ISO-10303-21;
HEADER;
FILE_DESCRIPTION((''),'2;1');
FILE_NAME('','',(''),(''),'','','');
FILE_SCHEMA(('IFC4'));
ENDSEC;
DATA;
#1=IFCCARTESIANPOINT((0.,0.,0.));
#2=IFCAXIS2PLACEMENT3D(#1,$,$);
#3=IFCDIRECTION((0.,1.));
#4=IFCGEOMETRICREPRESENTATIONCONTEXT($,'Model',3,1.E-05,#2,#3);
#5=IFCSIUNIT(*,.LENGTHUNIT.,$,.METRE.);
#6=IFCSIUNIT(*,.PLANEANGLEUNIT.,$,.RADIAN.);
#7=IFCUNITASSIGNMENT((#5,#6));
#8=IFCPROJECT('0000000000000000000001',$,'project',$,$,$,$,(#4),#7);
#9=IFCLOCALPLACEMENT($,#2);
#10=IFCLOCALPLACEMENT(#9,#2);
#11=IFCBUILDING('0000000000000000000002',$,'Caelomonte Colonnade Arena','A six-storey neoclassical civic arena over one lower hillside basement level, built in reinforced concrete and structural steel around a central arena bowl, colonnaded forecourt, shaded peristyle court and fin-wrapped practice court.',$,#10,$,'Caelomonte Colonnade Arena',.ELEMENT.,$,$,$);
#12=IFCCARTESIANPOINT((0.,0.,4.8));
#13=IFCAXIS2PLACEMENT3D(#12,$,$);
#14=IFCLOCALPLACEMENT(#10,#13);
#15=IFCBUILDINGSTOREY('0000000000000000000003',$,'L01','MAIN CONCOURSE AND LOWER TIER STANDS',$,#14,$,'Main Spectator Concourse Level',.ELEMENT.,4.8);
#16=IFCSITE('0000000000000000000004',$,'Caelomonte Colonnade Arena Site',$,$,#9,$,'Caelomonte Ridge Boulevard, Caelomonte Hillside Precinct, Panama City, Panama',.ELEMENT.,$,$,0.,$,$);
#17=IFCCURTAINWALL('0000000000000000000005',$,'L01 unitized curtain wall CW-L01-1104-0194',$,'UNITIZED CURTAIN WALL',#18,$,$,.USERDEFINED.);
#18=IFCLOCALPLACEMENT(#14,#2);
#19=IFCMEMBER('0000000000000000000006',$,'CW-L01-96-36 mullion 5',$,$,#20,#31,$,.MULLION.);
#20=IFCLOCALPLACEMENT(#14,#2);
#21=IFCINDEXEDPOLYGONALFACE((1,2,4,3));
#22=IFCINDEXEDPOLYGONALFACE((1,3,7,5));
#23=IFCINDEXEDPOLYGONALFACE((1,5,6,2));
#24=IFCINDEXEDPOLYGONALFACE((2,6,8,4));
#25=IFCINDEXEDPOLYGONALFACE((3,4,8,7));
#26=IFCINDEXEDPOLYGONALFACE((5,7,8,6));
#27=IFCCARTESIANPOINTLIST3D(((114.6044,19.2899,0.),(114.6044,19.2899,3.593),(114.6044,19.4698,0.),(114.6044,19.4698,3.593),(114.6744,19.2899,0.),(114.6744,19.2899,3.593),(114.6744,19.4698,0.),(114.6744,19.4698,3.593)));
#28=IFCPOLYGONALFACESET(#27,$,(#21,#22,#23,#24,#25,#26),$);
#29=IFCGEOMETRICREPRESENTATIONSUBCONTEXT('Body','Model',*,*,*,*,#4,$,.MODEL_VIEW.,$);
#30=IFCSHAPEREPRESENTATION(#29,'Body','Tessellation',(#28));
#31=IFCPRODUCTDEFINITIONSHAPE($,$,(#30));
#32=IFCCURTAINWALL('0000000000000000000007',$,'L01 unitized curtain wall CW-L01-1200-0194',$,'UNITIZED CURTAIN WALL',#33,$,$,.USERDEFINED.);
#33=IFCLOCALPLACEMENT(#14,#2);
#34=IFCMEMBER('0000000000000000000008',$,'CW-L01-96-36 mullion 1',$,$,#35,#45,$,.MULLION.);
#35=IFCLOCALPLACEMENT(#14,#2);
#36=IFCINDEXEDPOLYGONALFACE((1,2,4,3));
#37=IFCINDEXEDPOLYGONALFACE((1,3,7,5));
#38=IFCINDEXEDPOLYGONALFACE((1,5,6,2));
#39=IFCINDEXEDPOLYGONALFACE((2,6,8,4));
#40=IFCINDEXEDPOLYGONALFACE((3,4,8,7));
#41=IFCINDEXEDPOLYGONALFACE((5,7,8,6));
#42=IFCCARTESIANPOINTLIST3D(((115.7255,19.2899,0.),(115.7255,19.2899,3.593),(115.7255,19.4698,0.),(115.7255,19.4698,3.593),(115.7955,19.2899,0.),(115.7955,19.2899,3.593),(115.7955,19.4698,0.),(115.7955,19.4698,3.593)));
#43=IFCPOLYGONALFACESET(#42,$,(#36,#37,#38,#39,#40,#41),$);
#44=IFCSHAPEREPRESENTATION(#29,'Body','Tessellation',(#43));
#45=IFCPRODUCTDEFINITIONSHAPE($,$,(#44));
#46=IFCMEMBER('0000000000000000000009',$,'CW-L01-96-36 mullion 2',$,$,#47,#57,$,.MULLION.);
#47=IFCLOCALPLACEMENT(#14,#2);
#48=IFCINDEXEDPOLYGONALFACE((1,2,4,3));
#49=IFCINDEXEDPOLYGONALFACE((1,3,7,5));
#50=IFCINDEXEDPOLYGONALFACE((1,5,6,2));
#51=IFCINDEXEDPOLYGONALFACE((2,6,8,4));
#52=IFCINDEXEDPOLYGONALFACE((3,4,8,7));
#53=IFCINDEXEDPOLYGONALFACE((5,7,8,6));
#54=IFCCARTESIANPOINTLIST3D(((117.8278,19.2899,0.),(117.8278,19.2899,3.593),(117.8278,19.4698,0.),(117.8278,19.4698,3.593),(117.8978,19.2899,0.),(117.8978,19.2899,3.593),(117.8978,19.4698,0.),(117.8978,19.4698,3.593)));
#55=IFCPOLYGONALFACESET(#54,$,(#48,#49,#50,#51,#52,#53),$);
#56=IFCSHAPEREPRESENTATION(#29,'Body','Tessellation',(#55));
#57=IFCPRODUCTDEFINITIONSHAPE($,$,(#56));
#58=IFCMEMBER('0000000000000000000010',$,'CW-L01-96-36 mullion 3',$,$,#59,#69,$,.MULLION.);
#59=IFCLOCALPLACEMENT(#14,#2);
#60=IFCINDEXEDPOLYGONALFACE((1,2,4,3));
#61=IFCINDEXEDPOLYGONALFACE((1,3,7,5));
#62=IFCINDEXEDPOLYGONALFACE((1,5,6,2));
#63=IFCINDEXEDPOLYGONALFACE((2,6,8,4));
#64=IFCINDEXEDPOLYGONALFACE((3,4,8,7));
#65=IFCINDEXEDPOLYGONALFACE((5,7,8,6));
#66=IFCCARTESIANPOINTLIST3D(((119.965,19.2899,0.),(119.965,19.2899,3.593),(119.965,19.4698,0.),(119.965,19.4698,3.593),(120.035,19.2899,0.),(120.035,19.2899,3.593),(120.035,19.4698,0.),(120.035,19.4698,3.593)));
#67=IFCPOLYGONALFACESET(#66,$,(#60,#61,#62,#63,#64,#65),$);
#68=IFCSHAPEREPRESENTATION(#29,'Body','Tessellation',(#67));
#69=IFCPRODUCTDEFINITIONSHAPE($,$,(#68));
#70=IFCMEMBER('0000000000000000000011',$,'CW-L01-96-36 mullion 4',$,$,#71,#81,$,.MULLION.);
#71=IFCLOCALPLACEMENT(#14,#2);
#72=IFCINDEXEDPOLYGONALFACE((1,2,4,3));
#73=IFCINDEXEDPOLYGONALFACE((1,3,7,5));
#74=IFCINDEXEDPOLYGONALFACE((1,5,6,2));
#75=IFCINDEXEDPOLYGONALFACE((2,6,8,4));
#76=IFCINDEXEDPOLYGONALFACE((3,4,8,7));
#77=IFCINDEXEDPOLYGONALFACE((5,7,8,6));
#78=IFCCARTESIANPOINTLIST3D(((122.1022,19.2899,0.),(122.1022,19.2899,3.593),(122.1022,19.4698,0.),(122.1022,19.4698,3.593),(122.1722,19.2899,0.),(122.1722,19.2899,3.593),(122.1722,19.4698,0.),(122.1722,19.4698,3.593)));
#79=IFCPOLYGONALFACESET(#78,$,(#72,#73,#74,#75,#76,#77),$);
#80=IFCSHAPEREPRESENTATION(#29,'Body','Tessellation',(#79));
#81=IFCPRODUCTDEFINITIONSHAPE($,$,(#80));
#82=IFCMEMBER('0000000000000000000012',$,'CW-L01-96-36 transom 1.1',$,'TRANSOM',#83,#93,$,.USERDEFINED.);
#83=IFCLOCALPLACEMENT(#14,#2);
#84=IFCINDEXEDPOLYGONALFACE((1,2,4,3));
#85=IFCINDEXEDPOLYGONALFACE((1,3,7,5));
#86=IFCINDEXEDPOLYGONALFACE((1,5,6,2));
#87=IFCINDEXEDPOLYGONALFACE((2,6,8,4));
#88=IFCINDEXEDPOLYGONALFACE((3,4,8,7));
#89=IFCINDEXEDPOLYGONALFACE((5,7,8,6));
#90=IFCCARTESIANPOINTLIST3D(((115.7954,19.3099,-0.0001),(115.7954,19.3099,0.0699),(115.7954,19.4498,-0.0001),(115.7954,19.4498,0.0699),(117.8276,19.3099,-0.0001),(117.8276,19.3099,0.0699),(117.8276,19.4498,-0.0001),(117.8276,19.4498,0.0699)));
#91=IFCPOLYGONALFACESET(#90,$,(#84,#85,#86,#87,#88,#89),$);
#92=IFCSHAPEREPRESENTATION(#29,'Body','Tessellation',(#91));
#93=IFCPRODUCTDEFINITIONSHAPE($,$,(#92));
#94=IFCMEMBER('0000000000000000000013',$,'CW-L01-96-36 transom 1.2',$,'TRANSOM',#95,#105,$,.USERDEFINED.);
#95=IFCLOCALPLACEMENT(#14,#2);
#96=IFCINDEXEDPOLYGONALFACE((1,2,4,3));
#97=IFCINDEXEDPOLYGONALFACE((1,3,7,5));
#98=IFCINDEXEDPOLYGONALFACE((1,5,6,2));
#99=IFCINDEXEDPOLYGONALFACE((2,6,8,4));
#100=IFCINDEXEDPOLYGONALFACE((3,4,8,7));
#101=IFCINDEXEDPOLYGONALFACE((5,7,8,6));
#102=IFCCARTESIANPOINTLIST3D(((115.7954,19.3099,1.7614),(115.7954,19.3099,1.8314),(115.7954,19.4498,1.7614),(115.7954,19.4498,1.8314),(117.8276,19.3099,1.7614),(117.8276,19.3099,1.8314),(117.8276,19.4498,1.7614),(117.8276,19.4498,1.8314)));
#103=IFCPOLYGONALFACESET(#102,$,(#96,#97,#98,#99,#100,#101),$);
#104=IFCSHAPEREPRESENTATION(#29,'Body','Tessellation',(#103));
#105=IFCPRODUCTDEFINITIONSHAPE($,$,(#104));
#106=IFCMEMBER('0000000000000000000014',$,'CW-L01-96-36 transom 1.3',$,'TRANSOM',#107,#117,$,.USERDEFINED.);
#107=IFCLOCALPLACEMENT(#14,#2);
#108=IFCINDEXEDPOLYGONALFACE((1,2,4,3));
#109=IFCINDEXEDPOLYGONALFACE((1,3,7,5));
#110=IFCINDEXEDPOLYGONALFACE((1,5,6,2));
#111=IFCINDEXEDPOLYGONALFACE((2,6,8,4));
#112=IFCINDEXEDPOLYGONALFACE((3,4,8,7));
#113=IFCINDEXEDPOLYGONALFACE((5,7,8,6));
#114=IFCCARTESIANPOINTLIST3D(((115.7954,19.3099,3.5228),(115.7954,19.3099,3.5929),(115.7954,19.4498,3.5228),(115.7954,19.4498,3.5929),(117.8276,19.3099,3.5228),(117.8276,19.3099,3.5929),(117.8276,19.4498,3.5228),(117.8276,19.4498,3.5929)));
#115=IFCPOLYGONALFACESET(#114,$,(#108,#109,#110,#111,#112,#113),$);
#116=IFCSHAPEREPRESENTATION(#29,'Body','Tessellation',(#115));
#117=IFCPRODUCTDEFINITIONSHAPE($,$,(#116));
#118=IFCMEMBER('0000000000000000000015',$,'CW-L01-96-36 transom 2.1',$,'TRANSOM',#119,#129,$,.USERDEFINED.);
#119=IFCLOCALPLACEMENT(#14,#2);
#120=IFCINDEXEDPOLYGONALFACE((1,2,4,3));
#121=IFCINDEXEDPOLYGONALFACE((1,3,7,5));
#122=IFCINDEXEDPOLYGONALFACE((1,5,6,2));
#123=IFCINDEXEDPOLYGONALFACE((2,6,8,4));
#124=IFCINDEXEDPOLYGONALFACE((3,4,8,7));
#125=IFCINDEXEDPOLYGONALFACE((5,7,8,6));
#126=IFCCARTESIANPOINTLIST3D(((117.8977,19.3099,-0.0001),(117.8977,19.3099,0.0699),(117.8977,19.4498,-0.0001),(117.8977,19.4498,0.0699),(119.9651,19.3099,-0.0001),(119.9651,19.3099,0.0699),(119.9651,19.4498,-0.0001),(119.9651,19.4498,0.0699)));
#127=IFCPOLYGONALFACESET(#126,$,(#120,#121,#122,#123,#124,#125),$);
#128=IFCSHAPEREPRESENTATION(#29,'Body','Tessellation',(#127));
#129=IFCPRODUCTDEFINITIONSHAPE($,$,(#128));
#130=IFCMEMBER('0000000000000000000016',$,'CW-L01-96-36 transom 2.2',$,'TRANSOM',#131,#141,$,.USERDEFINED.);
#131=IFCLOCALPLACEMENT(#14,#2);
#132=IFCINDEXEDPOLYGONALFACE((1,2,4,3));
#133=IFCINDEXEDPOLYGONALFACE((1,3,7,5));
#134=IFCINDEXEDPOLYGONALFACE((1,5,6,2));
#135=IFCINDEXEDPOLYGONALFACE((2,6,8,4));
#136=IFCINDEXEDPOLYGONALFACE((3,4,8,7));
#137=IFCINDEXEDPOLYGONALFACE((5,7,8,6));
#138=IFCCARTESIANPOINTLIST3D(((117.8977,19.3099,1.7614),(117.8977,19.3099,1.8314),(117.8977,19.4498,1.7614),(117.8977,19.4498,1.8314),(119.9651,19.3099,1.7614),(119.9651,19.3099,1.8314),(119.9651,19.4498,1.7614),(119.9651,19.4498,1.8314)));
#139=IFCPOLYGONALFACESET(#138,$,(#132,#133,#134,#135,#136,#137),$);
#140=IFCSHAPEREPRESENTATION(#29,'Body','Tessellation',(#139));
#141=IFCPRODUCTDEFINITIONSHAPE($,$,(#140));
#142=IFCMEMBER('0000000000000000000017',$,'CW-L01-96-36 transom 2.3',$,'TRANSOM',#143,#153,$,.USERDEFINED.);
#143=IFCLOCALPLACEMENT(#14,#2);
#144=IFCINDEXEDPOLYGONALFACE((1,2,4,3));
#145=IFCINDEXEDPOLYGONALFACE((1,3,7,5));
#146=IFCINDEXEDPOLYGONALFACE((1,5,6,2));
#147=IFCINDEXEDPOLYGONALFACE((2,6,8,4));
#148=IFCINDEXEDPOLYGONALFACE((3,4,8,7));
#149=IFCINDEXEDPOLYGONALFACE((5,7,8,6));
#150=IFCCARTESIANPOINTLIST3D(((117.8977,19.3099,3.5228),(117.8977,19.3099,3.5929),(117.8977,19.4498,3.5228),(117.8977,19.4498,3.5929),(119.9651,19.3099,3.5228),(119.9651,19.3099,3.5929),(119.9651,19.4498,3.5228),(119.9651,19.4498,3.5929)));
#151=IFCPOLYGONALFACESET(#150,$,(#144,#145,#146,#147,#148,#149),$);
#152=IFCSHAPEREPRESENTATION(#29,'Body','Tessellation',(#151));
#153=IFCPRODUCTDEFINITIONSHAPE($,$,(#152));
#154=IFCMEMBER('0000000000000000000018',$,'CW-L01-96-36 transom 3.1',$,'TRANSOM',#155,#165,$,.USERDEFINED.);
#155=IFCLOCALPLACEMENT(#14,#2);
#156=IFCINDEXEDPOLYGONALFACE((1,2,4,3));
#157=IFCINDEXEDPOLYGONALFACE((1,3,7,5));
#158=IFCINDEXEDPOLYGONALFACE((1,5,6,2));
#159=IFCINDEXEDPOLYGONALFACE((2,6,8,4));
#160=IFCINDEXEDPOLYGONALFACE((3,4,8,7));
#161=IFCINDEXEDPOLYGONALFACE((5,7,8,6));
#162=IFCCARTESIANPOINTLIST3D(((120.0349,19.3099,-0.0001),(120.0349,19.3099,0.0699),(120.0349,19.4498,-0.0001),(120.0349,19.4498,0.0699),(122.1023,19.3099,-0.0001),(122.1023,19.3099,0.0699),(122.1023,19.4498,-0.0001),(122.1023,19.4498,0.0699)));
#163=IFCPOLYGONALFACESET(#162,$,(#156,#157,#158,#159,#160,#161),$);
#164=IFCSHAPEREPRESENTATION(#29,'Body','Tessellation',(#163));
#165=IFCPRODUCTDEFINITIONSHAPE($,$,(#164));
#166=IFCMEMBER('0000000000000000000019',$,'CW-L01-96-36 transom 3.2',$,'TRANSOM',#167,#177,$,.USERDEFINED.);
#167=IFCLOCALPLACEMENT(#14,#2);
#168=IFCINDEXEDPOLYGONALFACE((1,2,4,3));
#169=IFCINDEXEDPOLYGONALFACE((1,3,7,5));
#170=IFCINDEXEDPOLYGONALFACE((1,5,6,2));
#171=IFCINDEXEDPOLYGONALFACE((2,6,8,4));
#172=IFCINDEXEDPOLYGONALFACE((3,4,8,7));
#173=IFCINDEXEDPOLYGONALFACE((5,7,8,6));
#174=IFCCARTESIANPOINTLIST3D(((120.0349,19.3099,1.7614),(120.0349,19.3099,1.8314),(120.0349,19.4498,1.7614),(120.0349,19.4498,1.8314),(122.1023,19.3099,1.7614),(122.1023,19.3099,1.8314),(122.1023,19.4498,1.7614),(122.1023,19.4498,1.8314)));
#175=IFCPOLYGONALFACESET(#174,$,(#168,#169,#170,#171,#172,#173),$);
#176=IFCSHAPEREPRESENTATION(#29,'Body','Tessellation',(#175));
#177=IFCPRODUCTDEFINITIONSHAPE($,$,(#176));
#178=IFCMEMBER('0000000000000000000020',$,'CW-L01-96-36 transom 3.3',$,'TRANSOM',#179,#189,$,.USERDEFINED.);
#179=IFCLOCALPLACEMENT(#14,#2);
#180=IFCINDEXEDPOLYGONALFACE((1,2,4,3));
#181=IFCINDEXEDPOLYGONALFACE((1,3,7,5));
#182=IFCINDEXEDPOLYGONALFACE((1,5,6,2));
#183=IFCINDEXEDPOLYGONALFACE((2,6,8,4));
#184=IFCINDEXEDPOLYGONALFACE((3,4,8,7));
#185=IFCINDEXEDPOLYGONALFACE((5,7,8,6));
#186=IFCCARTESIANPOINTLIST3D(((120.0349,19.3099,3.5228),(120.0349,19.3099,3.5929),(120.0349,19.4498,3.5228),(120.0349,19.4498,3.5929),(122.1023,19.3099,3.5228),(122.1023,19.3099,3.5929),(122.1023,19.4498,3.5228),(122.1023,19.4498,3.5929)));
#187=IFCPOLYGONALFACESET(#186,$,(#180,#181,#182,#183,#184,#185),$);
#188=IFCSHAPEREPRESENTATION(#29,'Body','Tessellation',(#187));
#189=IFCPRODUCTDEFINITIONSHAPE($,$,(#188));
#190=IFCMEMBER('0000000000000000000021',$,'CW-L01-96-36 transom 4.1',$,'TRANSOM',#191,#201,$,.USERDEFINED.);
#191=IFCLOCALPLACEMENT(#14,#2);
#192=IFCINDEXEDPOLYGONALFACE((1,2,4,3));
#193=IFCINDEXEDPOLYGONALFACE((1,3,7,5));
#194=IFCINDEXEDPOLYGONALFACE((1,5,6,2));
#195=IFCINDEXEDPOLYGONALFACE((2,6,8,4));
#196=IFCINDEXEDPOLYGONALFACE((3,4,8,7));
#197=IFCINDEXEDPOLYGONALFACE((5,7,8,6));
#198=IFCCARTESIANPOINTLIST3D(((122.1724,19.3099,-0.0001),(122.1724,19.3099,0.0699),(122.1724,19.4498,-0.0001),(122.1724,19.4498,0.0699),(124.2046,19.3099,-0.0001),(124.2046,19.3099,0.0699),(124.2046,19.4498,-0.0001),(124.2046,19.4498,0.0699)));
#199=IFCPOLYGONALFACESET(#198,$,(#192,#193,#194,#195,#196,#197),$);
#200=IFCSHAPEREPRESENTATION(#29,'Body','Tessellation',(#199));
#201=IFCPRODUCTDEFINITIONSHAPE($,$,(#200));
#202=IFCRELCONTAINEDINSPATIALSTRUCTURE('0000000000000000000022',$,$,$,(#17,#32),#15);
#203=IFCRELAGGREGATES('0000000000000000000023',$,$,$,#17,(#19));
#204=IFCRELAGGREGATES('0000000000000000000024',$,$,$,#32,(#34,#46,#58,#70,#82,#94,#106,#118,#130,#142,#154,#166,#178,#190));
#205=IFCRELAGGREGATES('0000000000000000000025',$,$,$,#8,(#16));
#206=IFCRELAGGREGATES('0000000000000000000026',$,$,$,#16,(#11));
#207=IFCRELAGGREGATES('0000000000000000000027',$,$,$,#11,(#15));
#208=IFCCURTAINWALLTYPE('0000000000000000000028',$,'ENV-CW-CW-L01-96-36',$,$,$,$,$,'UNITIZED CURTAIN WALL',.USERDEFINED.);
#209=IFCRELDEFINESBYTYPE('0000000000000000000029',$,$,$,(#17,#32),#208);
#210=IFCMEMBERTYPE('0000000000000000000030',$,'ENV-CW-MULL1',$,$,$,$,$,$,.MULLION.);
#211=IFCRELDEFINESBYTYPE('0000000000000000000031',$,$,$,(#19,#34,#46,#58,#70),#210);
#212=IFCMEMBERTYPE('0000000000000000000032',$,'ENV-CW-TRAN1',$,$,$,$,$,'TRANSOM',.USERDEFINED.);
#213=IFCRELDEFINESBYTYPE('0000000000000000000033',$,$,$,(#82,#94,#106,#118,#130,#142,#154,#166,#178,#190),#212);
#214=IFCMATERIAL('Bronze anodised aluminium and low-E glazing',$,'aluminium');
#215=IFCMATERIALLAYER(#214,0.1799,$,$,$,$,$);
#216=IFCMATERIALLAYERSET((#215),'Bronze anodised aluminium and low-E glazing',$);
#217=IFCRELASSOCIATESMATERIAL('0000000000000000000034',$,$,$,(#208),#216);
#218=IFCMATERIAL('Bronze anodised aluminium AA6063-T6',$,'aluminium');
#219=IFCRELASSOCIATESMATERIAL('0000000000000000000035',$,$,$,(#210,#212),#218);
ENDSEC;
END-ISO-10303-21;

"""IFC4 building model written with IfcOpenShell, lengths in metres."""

from ifc_helpers import new_model, si_unit, direction, frame, origin, origin_2d, place, context, subcontext, project, spatial, rectangle, extrude, material, layer, layer_set, material_profile, profile_set, type_object, element, aggregate, save


model = new_model("IFC4")

# Units and contexts
model_context = context("Model", 3, precision=1e-05, world=origin(), true_north=direction((0.0, 1.0)))
body_context = subcontext(model_context, "Body", "Model", "MODEL_VIEW")
ifc_project = project(units=[si_unit("LENGTHUNIT", "METRE"), si_unit("PLANEANGLEUNIT", "RADIAN")], contexts=[model_context])

# Site, building, storey
site_placement = place(None, origin())
site = spatial("IfcSite", under=ifc_project, at=site_placement, Name="Caelomonte Colonnade Arena Site", LongName="Caelomonte Ridge Boulevard, Caelomonte Hillside Precinct, Panama City, Panama", CompositionType="ELEMENT", RefElevation=0.0)
building_placement = place(site_placement, origin())
building = spatial("IfcBuilding", under=site, at=building_placement, Name="Caelomonte Colonnade Arena", Description="A six-storey neoclassical civic arena over one lower hillside basement level, built in reinforced concrete and structural steel around a central arena bowl, colonnaded forecourt, shaded peristyle court and fin-wrapped practice court.", LongName="Caelomonte Colonnade Arena", CompositionType="ELEMENT")
storey_placement = place(building_placement, frame((0.0, 0.0, 4.8)))
storey = spatial("IfcBuildingStorey", under=building, at=storey_placement, Name="L01", Description="MAIN CONCOURSE AND LOWER TIER STANDS", LongName="Main Spectator Concourse Level", CompositionType="ELEMENT", Elevation=4.8)

# Curtain wall, member
ifc_material_1 = material(Name="Bronze anodised aluminium and low-E glazing", Category="aluminium")
ifc_layer_1 = layer(ifc_material_1, 0.1799)
ifc_layer_set_1 = layer_set([ifc_layer_1], Name="Bronze anodised aluminium and low-E glazing")
curtain_wall_type = type_object("IfcCurtainWallType", Name="ENV-CW-CW-L01-96-36", ElementType="UNITIZED CURTAIN WALL", PredefinedType="USERDEFINED", material=ifc_layer_set_1)
curtain_wall_1_placement = place(storey_placement, origin())
curtain_wall_1 = element("IfcCurtainWall", 1, at=curtain_wall_1_placement, inside=storey, type_object=curtain_wall_type, Name="L01 unitized curtain wall CW-L01-1104-0194", ObjectType="UNITIZED CURTAIN WALL", PredefinedType="USERDEFINED")
ifc_material_2 = material(Name="Bronze anodised aluminium AA6063-T6", Category="aluminium")
ifc_material_profile_1 = material_profile(ifc_material_2, rectangle(XDim=0.0701, YDim=0.1799, at=origin_2d()), Name="CWM-70X180")
ifc_profile_set_1 = profile_set([ifc_material_profile_1], Name="Bronze anodised aluminium AA6063-T6")
member_type_1 = type_object("IfcMemberType", Name="ENV-CW-MULL1", PredefinedType="MULLION", material=ifc_profile_set_1)
member_1_placement = place(storey_placement, frame((114.6394, 19.3799, 0.0), z_axis=(0.0, 0.0, 1.0), x_axis=(1.0, 0.0, 0.0)))
member_1 = element("IfcMember", 2, at=member_1_placement, type_object=member_type_1, Name="CW-L01-96-36 mullion 5", PredefinedType="MULLION", context=body_context, shape_type="SweptSolid", body=[
    extrude(rectangle(XDim=0.0701, YDim=0.1799, at=origin_2d()), origin(), (0.0, 0.0, 1.0), 3.593),
])

# Curtain wall, members
curtain_wall_2_placement = place(storey_placement, origin())
curtain_wall_2 = element("IfcCurtainWall", 3, at=curtain_wall_2_placement, inside=storey, type_object=curtain_wall_type, Name="L01 unitized curtain wall CW-L01-1200-0194", ObjectType="UNITIZED CURTAIN WALL", PredefinedType="USERDEFINED")
member_2_placement = place(storey_placement, frame((115.7605, 19.3799, 0.0), z_axis=(0.0, 0.0, 1.0), x_axis=(1.0, 0.0, 0.0)))
member_2 = element("IfcMember", 4, at=member_2_placement, type_object=member_type_1, Name="CW-L01-96-36 mullion 1", PredefinedType="MULLION", context=body_context, shape_type="SweptSolid", body=[
    extrude(rectangle(XDim=0.0701, YDim=0.1799, at=origin_2d()), origin(), (0.0, 0.0, 1.0), 3.593),
])
member_3_placement = place(storey_placement, frame((117.8628, 19.3799, 0.0), z_axis=(0.0, 0.0, 1.0), x_axis=(1.0, 0.0, 0.0)))
member_3 = element("IfcMember", 5, at=member_3_placement, type_object=member_type_1, Name="CW-L01-96-36 mullion 2", PredefinedType="MULLION", context=body_context, shape_type="SweptSolid", body=[
    extrude(rectangle(XDim=0.0701, YDim=0.1799, at=origin_2d()), origin(), (0.0, 0.0, 1.0), 3.593),
])
member_4_placement = place(storey_placement, frame((120.0, 19.3799, 0.0), z_axis=(0.0, 0.0, 1.0), x_axis=(1.0, 0.0, 0.0)))
member_4 = element("IfcMember", 6, at=member_4_placement, type_object=member_type_1, Name="CW-L01-96-36 mullion 3", PredefinedType="MULLION", context=body_context, shape_type="SweptSolid", body=[
    extrude(rectangle(XDim=0.0701, YDim=0.1799, at=origin_2d()), origin(), (0.0, 0.0, 1.0), 3.593),
])
member_5_placement = place(storey_placement, frame((122.1372, 19.3799, 0.0), z_axis=(0.0, 0.0, 1.0), x_axis=(1.0, 0.0, 0.0)))
member_5 = element("IfcMember", 7, at=member_5_placement, type_object=member_type_1, Name="CW-L01-96-36 mullion 4", PredefinedType="MULLION", context=body_context, shape_type="SweptSolid", body=[
    extrude(rectangle(XDim=0.0701, YDim=0.1799, at=origin_2d()), origin(), (0.0, 0.0, 1.0), 3.593),
])
ifc_material_profile_2 = material_profile(ifc_material_2, rectangle(XDim=0.0701, YDim=0.1399, at=origin_2d()), Name="CWT-70X140")
ifc_profile_set_2 = profile_set([ifc_material_profile_2], Name="Bronze anodised aluminium AA6063-T6")
member_type_2 = type_object("IfcMemberType", Name="ENV-CW-TRAN1", ElementType="TRANSOM", PredefinedType="USERDEFINED", material=ifc_profile_set_2)
member_6_placement = place(storey_placement, frame((115.7954, 19.3799, 0.0349), z_axis=(1.0, 0.0, 0.0), x_axis=(0.0, 0.0, 1.0)))
member_6 = element("IfcMember", 8, at=member_6_placement, type_object=member_type_2, Name="CW-L01-96-36 transom 1.1", ObjectType="TRANSOM", PredefinedType="USERDEFINED", context=body_context, shape_type="SweptSolid", body=[
    extrude(rectangle(XDim=0.0701, YDim=0.1399, at=origin_2d()), origin(), (0.0, 0.0, 1.0), 2.0322),
])
member_7_placement = place(storey_placement, frame((115.7954, 19.3799, 1.7964), z_axis=(1.0, 0.0, 0.0), x_axis=(0.0, 0.0, 1.0)))
member_7 = element("IfcMember", 9, at=member_7_placement, type_object=member_type_2, Name="CW-L01-96-36 transom 1.2", ObjectType="TRANSOM", PredefinedType="USERDEFINED", context=body_context, shape_type="SweptSolid", body=[
    extrude(rectangle(XDim=0.0701, YDim=0.1399, at=origin_2d()), origin(), (0.0, 0.0, 1.0), 2.0322),
])
member_8_placement = place(storey_placement, frame((115.7954, 19.3799, 3.5579), z_axis=(1.0, 0.0, 0.0), x_axis=(0.0, 0.0, 1.0)))
member_8 = element("IfcMember", 10, at=member_8_placement, type_object=member_type_2, Name="CW-L01-96-36 transom 1.3", ObjectType="TRANSOM", PredefinedType="USERDEFINED", context=body_context, shape_type="SweptSolid", body=[
    extrude(rectangle(XDim=0.0701, YDim=0.1399, at=origin_2d()), origin(), (0.0, 0.0, 1.0), 2.0322),
])
member_9_placement = place(storey_placement, frame((117.8977, 19.3799, 0.0349), z_axis=(1.0, 0.0, 0.0), x_axis=(0.0, 0.0, 1.0)))
member_9 = element("IfcMember", 11, at=member_9_placement, type_object=member_type_2, Name="CW-L01-96-36 transom 2.1", ObjectType="TRANSOM", PredefinedType="USERDEFINED", context=body_context, shape_type="SweptSolid", body=[
    extrude(rectangle(XDim=0.0701, YDim=0.1399, at=origin_2d()), origin(), (0.0, 0.0, 1.0), 2.0674),
])
member_10_placement = place(storey_placement, frame((117.8977, 19.3799, 1.7964), z_axis=(1.0, 0.0, 0.0), x_axis=(0.0, 0.0, 1.0)))
member_10 = element("IfcMember", 12, at=member_10_placement, type_object=member_type_2, Name="CW-L01-96-36 transom 2.2", ObjectType="TRANSOM", PredefinedType="USERDEFINED", context=body_context, shape_type="SweptSolid", body=[
    extrude(rectangle(XDim=0.0701, YDim=0.1399, at=origin_2d()), origin(), (0.0, 0.0, 1.0), 2.0674),
])
member_11_placement = place(storey_placement, frame((117.8977, 19.3799, 3.5579), z_axis=(1.0, 0.0, 0.0), x_axis=(0.0, 0.0, 1.0)))
member_11 = element("IfcMember", 13, at=member_11_placement, type_object=member_type_2, Name="CW-L01-96-36 transom 2.3", ObjectType="TRANSOM", PredefinedType="USERDEFINED", context=body_context, shape_type="SweptSolid", body=[
    extrude(rectangle(XDim=0.0701, YDim=0.1399, at=origin_2d()), origin(), (0.0, 0.0, 1.0), 2.0674),
])
member_12_placement = place(storey_placement, frame((120.0349, 19.3799, 0.0349), z_axis=(1.0, 0.0, 0.0), x_axis=(0.0, 0.0, 1.0)))
member_12 = element("IfcMember", 14, at=member_12_placement, type_object=member_type_2, Name="CW-L01-96-36 transom 3.1", ObjectType="TRANSOM", PredefinedType="USERDEFINED", context=body_context, shape_type="SweptSolid", body=[
    extrude(rectangle(XDim=0.0701, YDim=0.1399, at=origin_2d()), origin(), (0.0, 0.0, 1.0), 2.0674),
])
member_13_placement = place(storey_placement, frame((120.0349, 19.3799, 1.7964), z_axis=(1.0, 0.0, 0.0), x_axis=(0.0, 0.0, 1.0)))
member_13 = element("IfcMember", 15, at=member_13_placement, type_object=member_type_2, Name="CW-L01-96-36 transom 3.2", ObjectType="TRANSOM", PredefinedType="USERDEFINED", context=body_context, shape_type="SweptSolid", body=[
    extrude(rectangle(XDim=0.0701, YDim=0.1399, at=origin_2d()), origin(), (0.0, 0.0, 1.0), 2.0674),
])
member_14_placement = place(storey_placement, frame((120.0349, 19.3799, 3.5579), z_axis=(1.0, 0.0, 0.0), x_axis=(0.0, 0.0, 1.0)))
member_14 = element("IfcMember", 16, at=member_14_placement, type_object=member_type_2, Name="CW-L01-96-36 transom 3.3", ObjectType="TRANSOM", PredefinedType="USERDEFINED", context=body_context, shape_type="SweptSolid", body=[
    extrude(rectangle(XDim=0.0701, YDim=0.1399, at=origin_2d()), origin(), (0.0, 0.0, 1.0), 2.0674),
])
member_15_placement = place(storey_placement, frame((122.1724, 19.3799, 0.0349), z_axis=(1.0, 0.0, 0.0), x_axis=(0.0, 0.0, 1.0)))
member_15 = element("IfcMember", 17, at=member_15_placement, type_object=member_type_2, Name="CW-L01-96-36 transom 4.1", ObjectType="TRANSOM", PredefinedType="USERDEFINED", context=body_context, shape_type="SweptSolid", body=[
    extrude(rectangle(XDim=0.0701, YDim=0.1399, at=origin_2d()), origin(), (0.0, 0.0, 1.0), 2.0322),
])

aggregate(curtain_wall_1, [member_1])
aggregate(curtain_wall_2, [member_2, member_3, member_4, member_5, member_6, member_7, member_8, member_9, member_10, member_11, member_12, member_13, member_14, member_15])

save(model, "model.ifc")
